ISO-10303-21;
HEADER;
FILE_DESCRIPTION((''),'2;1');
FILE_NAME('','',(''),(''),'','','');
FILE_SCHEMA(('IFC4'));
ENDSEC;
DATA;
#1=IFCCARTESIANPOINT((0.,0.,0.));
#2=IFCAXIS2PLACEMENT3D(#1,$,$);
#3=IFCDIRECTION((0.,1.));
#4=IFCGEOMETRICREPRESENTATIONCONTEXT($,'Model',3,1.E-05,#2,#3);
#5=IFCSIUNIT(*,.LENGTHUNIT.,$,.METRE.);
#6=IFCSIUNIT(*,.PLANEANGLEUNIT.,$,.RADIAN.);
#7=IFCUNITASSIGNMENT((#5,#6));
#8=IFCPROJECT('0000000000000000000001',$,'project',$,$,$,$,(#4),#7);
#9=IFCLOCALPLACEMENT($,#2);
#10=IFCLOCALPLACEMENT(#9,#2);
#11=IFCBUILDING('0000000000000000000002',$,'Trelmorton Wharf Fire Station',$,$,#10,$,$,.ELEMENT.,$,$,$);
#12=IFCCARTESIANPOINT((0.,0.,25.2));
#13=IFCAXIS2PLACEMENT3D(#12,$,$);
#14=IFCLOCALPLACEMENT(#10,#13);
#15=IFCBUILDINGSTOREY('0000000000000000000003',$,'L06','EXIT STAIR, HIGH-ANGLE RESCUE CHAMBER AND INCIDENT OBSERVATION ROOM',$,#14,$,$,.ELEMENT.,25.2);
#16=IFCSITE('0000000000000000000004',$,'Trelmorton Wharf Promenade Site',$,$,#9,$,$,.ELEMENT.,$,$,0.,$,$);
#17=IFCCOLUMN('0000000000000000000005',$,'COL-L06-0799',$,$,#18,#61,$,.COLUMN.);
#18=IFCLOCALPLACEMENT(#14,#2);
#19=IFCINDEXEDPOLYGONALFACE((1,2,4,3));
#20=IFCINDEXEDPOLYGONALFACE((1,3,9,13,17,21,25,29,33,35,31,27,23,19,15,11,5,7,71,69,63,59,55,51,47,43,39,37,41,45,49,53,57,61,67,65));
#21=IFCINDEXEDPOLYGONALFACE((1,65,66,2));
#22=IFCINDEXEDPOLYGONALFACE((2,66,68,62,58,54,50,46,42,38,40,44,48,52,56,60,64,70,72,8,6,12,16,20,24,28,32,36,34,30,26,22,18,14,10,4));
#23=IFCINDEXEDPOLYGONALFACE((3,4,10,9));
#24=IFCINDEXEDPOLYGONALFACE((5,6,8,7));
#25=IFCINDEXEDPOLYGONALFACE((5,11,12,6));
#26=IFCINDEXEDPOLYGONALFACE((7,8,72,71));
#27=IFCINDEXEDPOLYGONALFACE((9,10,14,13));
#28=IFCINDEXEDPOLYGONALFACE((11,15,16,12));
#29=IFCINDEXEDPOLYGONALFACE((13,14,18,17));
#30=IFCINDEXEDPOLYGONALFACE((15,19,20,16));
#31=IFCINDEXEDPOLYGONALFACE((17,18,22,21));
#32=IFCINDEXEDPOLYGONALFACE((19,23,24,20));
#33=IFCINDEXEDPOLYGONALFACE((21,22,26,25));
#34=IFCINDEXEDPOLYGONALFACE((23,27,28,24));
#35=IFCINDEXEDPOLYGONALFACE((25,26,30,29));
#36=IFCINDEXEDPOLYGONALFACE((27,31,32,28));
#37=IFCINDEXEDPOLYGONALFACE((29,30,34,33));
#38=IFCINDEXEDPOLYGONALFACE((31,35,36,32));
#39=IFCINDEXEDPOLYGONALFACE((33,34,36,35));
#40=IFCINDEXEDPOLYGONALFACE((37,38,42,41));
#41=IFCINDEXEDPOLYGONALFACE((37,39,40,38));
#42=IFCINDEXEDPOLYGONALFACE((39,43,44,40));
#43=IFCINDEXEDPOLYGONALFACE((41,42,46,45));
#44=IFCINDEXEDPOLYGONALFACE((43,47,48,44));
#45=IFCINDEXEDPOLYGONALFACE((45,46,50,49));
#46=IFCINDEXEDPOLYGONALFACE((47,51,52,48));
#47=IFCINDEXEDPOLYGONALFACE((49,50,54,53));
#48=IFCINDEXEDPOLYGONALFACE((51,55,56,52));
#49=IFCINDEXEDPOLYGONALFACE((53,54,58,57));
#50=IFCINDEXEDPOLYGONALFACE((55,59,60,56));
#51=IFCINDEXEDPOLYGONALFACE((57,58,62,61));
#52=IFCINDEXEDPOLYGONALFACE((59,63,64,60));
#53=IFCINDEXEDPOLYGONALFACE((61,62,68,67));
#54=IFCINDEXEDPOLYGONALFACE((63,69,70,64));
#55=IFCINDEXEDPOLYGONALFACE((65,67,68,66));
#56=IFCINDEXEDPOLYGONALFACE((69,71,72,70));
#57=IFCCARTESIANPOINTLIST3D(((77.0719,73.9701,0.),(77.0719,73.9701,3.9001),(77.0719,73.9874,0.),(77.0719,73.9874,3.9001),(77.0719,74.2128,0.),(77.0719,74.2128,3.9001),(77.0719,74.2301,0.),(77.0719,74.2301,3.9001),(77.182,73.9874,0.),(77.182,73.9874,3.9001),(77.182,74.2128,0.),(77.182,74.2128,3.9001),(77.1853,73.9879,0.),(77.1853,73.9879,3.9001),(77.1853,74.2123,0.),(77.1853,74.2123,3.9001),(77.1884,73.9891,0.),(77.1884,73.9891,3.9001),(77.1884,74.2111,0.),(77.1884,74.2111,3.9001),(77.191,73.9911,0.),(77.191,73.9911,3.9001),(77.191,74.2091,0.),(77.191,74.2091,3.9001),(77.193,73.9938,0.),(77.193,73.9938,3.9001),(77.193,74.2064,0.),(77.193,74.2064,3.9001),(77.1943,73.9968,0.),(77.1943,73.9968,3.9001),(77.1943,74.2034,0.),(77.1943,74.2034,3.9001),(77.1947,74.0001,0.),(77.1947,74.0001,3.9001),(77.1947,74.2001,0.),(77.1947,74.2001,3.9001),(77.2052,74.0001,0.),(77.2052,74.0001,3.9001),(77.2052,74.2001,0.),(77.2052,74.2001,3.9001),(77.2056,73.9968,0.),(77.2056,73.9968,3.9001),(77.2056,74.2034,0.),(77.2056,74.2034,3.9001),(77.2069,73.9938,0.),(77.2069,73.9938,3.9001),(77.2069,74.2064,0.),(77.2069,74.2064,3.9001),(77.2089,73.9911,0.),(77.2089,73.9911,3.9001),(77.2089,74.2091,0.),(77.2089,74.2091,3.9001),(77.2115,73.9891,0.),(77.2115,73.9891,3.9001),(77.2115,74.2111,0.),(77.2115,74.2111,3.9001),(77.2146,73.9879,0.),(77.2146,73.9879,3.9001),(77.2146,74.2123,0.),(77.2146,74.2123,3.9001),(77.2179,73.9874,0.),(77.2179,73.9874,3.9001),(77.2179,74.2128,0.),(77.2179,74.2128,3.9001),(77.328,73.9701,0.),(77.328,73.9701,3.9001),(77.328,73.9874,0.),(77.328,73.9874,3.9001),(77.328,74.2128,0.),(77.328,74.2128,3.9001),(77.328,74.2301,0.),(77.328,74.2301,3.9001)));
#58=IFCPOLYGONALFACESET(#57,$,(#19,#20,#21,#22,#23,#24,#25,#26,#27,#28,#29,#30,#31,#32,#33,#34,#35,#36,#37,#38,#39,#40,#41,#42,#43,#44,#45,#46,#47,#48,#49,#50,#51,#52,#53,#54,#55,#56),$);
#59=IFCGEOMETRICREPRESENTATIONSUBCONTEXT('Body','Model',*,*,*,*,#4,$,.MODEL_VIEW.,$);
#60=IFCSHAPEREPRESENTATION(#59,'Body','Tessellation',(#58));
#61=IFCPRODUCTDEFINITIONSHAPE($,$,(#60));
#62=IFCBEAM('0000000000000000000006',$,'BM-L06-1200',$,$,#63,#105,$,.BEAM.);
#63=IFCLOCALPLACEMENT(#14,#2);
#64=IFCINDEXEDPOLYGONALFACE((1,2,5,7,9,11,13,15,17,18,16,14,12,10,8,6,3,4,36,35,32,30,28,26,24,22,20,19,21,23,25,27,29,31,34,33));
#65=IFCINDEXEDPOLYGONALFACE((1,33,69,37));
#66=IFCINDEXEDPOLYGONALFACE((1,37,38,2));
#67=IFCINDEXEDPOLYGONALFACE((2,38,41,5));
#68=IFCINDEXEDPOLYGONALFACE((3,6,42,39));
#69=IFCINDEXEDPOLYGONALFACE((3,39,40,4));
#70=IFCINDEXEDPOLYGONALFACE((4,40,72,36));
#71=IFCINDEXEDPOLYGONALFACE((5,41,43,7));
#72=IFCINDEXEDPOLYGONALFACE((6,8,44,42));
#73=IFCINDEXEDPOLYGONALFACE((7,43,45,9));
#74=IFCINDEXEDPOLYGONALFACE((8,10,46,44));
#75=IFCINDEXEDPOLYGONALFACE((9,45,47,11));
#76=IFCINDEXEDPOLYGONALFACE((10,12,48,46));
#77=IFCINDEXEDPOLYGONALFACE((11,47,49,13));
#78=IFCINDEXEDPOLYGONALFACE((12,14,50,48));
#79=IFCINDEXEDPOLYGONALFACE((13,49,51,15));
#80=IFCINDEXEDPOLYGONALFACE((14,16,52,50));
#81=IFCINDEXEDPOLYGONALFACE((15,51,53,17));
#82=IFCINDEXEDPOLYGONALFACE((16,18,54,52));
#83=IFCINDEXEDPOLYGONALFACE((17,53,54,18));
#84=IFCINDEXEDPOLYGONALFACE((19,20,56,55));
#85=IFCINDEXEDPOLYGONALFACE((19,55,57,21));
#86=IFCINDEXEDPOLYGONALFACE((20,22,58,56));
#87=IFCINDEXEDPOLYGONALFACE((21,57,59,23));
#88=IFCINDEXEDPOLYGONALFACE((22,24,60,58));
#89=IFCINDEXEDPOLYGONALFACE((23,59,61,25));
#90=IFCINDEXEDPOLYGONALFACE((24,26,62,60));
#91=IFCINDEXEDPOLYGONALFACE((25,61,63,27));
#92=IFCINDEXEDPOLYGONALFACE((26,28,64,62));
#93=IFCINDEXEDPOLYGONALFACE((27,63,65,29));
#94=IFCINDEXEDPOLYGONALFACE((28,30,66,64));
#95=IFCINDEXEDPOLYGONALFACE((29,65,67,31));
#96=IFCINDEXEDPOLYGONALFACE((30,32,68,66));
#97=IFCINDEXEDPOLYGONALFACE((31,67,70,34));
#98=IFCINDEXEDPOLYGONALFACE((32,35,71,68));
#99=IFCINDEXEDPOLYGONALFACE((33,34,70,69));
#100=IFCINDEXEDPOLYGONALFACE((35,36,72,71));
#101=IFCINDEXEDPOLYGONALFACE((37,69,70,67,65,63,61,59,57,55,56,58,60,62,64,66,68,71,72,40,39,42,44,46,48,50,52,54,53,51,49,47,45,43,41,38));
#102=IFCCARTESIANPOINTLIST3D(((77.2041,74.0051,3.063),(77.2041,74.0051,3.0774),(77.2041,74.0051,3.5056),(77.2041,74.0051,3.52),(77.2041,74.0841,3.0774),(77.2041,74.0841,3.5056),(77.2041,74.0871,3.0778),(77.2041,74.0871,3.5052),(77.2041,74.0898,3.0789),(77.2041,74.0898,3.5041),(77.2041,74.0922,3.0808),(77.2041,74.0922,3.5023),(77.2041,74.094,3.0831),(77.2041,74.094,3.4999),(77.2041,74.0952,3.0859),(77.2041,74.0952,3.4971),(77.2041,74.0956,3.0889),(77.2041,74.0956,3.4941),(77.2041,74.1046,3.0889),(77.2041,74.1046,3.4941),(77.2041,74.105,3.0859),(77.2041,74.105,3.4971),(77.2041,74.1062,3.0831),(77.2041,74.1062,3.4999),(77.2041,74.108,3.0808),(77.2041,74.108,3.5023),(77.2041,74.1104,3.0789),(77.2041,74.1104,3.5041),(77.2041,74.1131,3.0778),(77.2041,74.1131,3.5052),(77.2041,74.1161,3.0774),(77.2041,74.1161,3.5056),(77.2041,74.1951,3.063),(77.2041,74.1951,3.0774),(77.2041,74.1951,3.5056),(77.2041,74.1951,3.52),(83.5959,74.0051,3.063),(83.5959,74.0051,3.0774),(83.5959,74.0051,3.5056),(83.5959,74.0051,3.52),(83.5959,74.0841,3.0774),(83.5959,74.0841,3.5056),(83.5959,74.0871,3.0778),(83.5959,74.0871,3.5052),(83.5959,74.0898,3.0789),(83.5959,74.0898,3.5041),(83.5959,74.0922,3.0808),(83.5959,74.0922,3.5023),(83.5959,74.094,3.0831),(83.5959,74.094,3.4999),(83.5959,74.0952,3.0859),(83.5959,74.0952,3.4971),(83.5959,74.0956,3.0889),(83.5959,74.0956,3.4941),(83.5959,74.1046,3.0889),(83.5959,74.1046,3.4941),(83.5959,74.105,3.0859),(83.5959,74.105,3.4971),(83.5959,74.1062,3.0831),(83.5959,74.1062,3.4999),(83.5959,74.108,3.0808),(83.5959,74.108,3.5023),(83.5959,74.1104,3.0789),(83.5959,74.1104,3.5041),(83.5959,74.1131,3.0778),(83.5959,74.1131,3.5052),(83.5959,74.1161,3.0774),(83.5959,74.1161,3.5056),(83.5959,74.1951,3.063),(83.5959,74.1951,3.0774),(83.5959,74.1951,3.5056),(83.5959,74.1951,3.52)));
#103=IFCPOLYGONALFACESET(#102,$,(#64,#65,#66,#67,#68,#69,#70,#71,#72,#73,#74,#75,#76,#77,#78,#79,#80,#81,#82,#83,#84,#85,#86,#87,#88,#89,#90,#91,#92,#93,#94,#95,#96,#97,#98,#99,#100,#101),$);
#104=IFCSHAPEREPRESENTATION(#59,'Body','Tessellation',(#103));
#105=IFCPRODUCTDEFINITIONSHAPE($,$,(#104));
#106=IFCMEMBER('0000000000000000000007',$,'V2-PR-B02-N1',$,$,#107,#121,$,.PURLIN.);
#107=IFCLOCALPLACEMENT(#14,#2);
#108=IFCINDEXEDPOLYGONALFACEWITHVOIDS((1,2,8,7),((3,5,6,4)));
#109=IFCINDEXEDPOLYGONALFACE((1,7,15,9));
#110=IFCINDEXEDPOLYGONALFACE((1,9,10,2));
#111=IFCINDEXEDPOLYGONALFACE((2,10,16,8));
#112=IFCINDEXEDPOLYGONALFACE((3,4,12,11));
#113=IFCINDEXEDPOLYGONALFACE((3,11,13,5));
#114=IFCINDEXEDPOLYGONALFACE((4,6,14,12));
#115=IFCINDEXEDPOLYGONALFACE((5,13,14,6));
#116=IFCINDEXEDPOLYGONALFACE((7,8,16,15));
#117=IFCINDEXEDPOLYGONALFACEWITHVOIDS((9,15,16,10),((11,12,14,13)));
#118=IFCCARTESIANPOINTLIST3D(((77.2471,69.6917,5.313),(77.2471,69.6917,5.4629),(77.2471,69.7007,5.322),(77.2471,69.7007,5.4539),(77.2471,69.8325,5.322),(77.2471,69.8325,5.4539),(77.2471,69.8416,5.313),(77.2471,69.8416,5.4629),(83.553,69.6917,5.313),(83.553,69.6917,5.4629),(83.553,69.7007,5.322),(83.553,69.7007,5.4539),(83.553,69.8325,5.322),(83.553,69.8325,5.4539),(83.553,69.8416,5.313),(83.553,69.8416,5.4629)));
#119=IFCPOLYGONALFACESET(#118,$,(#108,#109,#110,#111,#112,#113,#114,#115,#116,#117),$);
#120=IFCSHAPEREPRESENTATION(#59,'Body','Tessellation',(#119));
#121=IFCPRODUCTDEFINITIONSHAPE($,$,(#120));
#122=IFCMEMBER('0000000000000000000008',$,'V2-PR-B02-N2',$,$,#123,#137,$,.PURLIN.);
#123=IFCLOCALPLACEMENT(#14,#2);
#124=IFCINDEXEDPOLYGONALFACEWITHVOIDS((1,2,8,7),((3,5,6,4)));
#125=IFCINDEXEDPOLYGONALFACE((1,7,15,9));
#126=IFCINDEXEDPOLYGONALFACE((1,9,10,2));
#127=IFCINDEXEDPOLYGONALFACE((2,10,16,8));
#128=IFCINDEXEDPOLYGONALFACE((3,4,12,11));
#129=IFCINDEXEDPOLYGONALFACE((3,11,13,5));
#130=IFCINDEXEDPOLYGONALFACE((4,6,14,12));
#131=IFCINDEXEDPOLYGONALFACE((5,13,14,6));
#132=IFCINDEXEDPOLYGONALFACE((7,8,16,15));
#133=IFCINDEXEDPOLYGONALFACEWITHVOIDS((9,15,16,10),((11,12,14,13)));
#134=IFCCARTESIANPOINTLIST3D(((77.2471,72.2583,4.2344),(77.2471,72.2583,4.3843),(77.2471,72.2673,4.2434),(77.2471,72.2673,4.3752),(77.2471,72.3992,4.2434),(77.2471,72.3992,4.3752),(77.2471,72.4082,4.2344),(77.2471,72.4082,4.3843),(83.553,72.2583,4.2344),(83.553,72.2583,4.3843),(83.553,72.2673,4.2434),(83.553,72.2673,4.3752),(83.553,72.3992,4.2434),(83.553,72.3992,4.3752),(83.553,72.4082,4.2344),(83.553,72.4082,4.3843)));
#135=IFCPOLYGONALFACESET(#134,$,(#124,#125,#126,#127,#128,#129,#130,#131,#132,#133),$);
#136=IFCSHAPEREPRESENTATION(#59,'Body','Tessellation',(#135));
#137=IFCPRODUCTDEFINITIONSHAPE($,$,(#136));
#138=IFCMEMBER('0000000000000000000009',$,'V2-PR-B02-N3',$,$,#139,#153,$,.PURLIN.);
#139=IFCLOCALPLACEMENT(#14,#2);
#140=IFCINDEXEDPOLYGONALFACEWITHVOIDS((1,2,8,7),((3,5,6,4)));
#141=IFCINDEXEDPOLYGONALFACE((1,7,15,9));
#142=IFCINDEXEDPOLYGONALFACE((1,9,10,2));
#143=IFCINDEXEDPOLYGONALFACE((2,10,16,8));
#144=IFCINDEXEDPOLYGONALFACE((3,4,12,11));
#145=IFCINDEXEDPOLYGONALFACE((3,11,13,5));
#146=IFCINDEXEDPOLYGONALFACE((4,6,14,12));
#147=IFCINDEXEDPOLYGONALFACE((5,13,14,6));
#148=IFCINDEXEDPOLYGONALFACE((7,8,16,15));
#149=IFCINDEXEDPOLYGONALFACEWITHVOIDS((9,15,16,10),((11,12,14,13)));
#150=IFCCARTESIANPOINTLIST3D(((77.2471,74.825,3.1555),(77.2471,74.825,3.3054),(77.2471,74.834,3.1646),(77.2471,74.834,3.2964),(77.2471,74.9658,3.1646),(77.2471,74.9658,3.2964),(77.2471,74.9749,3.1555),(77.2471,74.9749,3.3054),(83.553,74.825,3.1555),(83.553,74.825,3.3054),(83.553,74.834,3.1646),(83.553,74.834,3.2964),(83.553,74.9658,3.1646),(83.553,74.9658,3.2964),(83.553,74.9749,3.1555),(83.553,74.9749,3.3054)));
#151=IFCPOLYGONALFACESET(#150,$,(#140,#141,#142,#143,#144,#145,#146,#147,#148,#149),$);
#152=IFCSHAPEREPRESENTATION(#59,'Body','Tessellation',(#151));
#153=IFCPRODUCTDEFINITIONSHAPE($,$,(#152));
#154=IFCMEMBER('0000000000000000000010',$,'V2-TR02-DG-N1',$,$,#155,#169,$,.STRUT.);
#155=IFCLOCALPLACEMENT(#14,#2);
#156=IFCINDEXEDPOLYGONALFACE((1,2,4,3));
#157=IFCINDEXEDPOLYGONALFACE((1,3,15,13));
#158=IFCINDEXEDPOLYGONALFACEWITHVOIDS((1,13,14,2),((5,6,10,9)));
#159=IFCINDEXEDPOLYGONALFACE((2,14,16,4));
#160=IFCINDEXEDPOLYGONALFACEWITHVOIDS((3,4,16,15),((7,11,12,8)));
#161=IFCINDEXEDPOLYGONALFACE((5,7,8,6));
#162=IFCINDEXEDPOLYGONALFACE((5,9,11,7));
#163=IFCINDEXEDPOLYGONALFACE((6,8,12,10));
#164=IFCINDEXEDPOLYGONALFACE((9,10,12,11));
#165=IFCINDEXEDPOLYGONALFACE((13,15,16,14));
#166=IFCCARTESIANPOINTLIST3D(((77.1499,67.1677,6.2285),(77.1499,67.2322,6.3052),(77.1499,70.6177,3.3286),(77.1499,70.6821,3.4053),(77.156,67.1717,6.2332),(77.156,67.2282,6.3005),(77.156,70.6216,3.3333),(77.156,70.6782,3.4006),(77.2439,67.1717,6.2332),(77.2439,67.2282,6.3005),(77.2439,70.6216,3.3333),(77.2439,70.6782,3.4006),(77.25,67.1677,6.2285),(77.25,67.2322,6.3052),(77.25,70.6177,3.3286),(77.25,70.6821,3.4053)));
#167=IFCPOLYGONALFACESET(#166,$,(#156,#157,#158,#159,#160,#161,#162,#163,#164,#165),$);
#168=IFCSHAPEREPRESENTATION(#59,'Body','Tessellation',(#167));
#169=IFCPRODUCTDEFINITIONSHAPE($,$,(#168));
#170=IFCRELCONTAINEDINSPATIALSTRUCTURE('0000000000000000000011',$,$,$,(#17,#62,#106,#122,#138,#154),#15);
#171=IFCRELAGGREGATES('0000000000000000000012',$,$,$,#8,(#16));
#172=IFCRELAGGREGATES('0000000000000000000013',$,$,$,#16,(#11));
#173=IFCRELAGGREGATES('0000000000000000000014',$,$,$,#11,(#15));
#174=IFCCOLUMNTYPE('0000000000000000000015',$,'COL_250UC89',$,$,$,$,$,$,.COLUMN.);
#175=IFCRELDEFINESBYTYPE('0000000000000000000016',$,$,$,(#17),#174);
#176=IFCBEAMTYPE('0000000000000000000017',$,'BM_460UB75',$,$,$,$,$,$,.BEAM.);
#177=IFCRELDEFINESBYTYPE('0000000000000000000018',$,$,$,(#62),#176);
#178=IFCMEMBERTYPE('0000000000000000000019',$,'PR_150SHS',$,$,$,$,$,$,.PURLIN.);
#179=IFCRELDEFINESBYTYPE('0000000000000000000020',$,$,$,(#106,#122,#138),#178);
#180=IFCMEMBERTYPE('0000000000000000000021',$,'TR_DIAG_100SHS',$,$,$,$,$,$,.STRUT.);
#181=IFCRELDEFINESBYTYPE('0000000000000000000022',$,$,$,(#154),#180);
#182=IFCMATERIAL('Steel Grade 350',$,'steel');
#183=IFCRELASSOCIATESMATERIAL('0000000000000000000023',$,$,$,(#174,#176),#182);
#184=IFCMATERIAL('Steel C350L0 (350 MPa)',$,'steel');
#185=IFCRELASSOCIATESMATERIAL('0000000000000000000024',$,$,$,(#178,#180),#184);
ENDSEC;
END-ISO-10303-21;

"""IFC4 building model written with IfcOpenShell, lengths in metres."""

from ifc_helpers import new_model, si_unit, direction, frame, origin, origin_2d, place, context, subcontext, project, spatial, hollow_rectangle, i_section, extrude, material, material_profile, profile_set, type_object, element, save


model = new_model("IFC4")

# Units and contexts
model_context = context("Model", 3, precision=1e-05, world=origin(), true_north=direction((0.0, 1.0)))
body_context = subcontext(model_context, "Body", "Model", "MODEL_VIEW")
ifc_project = project(units=[si_unit("LENGTHUNIT", "METRE"), si_unit("PLANEANGLEUNIT", "RADIAN")], contexts=[model_context])

# Site, building, storey
site_placement = place(None, origin())
site = spatial("IfcSite", under=ifc_project, at=site_placement, Name="Trelmorton Wharf Promenade Site", CompositionType="ELEMENT", RefElevation=0.0)
building_placement = place(site_placement, origin())
building = spatial("IfcBuilding", under=site, at=building_placement, Name="Trelmorton Wharf Fire Station", CompositionType="ELEMENT")
storey_placement = place(building_placement, frame((0.0, 0.0, 25.2)))
storey = spatial("IfcBuildingStorey", under=building, at=storey_placement, Name="L06", Description="EXIT STAIR, HIGH-ANGLE RESCUE CHAMBER AND INCIDENT OBSERVATION ROOM", CompositionType="ELEMENT", Elevation=25.2)

# Column
ifc_material_1 = material(Name="Steel Grade 350", Category="steel")
ifc_material_profile_1 = material_profile(ifc_material_1, i_section(OverallWidth=0.2561, OverallDepth=0.26, WebThickness=0.0105, FlangeThickness=0.0173, FilletRadius=0.0127, at=origin_2d()), Name="250UC89.5")
ifc_profile_set_1 = profile_set([ifc_material_profile_1], Name="Steel Grade 350")
column_type = type_object("IfcColumnType", Name="COL_250UC89", PredefinedType="COLUMN", material=ifc_profile_set_1)
column_placement = place(storey_placement, frame((77.2, 74.1001, 0.0), z_axis=(0.0, 0.0, 1.0), x_axis=(1.0, 0.0, 0.0)))
element("IfcColumn", 1, at=column_placement, inside=storey, type_object=column_type, Name="COL-L06-0799", PredefinedType="COLUMN", context=body_context, shape_type="SweptSolid", body=[
    extrude(i_section(OverallWidth=0.2561, OverallDepth=0.26, WebThickness=0.0105, FlangeThickness=0.0173, FilletRadius=0.0127, at=origin_2d()), origin(), (0.0, 0.0, 1.0), 3.9001),
])

# Beam
ifc_material_profile_2 = material_profile(ifc_material_1, i_section(OverallWidth=0.1899, OverallDepth=0.457, WebThickness=0.009, FlangeThickness=0.0144, FilletRadius=0.0115, at=origin_2d()), Name="460UB74.6")
ifc_profile_set_2 = profile_set([ifc_material_profile_2], Name="Steel Grade 350")
beam_type = type_object("IfcBeamType", Name="BM_460UB75", PredefinedType="BEAM", material=ifc_profile_set_2)
beam_placement = place(storey_placement, frame((77.2041, 74.1001, 3.2915), z_axis=(1.0, 0.0, 0.0), x_axis=(0.0, 1.0, 0.0)))
element("IfcBeam", 2, at=beam_placement, inside=storey, type_object=beam_type, Name="BM-L06-1200", PredefinedType="BEAM", context=body_context, shape_type="SweptSolid", body=[
    extrude(i_section(OverallWidth=0.1899, OverallDepth=0.457, WebThickness=0.009, FlangeThickness=0.0144, FilletRadius=0.0115, at=origin_2d()), origin(), (0.0, 0.0, 1.0), 6.3918),
])

# Members
ifc_material_2 = material(Name="Steel C350L0 (350 MPa)", Category="steel")
ifc_material_profile_3 = material_profile(ifc_material_2, hollow_rectangle(XDim=0.1499, YDim=0.1499, WallThickness=0.009, at=origin_2d()), Name="150x150x9.0SHS")
ifc_profile_set_3 = profile_set([ifc_material_profile_3], Name="Steel C350L0 (350 MPa)")
member_type_1 = type_object("IfcMemberType", Name="PR_150SHS", PredefinedType="PURLIN", material=ifc_profile_set_3)
for number, where, z_axis, x_axis, name in (
    (3, (77.2471, 69.7666, 5.3879), (1.0, 0.0, 0.0), (0.0, 1.0, 0.0), "V2-PR-B02-N1"),
    (4, (77.2471, 72.3333, 4.3093), (1.0, 0.0, 0.0), (0.0, 1.0, 0.0), "V2-PR-B02-N2"),
    (5, (77.2471, 74.8999, 3.2305), (1.0, 0.0, 0.0), (0.0, 1.0, 0.0), "V2-PR-B02-N3"),
):
    element("IfcMember", number, at=place(storey_placement, frame(where, z_axis=z_axis, x_axis=x_axis)), inside=storey, type_object=member_type_1, Name=name, PredefinedType="PURLIN", context=body_context, shape_type="SweptSolid", body=[
        extrude(hollow_rectangle(XDim=0.1499, YDim=0.1499, WallThickness=0.009, at=origin_2d()), origin(), (0.0, 0.0, 1.0), 6.3059),
    ])
ifc_material_profile_4 = material_profile(ifc_material_2, hollow_rectangle(XDim=0.1001, YDim=0.1001, WallThickness=0.0061, at=origin_2d()), Name="100x100x6.0SHS")
ifc_profile_set_4 = profile_set([ifc_material_profile_4], Name="Steel C350L0 (350 MPa)")
member_type_2 = type_object("IfcMemberType", Name="TR_DIAG_100SHS", PredefinedType="STRUT", material=ifc_profile_set_4)
member_1_placement = place(storey_placement, frame((77.2, 70.6499, 3.3669), z_axis=(0.0, -0.765492, 0.643445), x_axis=(1.0, 0.0, 0.0)))
element("IfcMember", 6, at=member_1_placement, inside=storey, type_object=member_type_2, Name="V2-TR02-DG-N1", PredefinedType="STRUT", context=body_context, shape_type="SweptSolid", body=[
    extrude(hollow_rectangle(XDim=0.1001, YDim=0.1001, WallThickness=0.0061, at=origin_2d()), origin(), (0.0, 0.0, 1.0), 4.5068),
])

save(model, "model.ifc")
